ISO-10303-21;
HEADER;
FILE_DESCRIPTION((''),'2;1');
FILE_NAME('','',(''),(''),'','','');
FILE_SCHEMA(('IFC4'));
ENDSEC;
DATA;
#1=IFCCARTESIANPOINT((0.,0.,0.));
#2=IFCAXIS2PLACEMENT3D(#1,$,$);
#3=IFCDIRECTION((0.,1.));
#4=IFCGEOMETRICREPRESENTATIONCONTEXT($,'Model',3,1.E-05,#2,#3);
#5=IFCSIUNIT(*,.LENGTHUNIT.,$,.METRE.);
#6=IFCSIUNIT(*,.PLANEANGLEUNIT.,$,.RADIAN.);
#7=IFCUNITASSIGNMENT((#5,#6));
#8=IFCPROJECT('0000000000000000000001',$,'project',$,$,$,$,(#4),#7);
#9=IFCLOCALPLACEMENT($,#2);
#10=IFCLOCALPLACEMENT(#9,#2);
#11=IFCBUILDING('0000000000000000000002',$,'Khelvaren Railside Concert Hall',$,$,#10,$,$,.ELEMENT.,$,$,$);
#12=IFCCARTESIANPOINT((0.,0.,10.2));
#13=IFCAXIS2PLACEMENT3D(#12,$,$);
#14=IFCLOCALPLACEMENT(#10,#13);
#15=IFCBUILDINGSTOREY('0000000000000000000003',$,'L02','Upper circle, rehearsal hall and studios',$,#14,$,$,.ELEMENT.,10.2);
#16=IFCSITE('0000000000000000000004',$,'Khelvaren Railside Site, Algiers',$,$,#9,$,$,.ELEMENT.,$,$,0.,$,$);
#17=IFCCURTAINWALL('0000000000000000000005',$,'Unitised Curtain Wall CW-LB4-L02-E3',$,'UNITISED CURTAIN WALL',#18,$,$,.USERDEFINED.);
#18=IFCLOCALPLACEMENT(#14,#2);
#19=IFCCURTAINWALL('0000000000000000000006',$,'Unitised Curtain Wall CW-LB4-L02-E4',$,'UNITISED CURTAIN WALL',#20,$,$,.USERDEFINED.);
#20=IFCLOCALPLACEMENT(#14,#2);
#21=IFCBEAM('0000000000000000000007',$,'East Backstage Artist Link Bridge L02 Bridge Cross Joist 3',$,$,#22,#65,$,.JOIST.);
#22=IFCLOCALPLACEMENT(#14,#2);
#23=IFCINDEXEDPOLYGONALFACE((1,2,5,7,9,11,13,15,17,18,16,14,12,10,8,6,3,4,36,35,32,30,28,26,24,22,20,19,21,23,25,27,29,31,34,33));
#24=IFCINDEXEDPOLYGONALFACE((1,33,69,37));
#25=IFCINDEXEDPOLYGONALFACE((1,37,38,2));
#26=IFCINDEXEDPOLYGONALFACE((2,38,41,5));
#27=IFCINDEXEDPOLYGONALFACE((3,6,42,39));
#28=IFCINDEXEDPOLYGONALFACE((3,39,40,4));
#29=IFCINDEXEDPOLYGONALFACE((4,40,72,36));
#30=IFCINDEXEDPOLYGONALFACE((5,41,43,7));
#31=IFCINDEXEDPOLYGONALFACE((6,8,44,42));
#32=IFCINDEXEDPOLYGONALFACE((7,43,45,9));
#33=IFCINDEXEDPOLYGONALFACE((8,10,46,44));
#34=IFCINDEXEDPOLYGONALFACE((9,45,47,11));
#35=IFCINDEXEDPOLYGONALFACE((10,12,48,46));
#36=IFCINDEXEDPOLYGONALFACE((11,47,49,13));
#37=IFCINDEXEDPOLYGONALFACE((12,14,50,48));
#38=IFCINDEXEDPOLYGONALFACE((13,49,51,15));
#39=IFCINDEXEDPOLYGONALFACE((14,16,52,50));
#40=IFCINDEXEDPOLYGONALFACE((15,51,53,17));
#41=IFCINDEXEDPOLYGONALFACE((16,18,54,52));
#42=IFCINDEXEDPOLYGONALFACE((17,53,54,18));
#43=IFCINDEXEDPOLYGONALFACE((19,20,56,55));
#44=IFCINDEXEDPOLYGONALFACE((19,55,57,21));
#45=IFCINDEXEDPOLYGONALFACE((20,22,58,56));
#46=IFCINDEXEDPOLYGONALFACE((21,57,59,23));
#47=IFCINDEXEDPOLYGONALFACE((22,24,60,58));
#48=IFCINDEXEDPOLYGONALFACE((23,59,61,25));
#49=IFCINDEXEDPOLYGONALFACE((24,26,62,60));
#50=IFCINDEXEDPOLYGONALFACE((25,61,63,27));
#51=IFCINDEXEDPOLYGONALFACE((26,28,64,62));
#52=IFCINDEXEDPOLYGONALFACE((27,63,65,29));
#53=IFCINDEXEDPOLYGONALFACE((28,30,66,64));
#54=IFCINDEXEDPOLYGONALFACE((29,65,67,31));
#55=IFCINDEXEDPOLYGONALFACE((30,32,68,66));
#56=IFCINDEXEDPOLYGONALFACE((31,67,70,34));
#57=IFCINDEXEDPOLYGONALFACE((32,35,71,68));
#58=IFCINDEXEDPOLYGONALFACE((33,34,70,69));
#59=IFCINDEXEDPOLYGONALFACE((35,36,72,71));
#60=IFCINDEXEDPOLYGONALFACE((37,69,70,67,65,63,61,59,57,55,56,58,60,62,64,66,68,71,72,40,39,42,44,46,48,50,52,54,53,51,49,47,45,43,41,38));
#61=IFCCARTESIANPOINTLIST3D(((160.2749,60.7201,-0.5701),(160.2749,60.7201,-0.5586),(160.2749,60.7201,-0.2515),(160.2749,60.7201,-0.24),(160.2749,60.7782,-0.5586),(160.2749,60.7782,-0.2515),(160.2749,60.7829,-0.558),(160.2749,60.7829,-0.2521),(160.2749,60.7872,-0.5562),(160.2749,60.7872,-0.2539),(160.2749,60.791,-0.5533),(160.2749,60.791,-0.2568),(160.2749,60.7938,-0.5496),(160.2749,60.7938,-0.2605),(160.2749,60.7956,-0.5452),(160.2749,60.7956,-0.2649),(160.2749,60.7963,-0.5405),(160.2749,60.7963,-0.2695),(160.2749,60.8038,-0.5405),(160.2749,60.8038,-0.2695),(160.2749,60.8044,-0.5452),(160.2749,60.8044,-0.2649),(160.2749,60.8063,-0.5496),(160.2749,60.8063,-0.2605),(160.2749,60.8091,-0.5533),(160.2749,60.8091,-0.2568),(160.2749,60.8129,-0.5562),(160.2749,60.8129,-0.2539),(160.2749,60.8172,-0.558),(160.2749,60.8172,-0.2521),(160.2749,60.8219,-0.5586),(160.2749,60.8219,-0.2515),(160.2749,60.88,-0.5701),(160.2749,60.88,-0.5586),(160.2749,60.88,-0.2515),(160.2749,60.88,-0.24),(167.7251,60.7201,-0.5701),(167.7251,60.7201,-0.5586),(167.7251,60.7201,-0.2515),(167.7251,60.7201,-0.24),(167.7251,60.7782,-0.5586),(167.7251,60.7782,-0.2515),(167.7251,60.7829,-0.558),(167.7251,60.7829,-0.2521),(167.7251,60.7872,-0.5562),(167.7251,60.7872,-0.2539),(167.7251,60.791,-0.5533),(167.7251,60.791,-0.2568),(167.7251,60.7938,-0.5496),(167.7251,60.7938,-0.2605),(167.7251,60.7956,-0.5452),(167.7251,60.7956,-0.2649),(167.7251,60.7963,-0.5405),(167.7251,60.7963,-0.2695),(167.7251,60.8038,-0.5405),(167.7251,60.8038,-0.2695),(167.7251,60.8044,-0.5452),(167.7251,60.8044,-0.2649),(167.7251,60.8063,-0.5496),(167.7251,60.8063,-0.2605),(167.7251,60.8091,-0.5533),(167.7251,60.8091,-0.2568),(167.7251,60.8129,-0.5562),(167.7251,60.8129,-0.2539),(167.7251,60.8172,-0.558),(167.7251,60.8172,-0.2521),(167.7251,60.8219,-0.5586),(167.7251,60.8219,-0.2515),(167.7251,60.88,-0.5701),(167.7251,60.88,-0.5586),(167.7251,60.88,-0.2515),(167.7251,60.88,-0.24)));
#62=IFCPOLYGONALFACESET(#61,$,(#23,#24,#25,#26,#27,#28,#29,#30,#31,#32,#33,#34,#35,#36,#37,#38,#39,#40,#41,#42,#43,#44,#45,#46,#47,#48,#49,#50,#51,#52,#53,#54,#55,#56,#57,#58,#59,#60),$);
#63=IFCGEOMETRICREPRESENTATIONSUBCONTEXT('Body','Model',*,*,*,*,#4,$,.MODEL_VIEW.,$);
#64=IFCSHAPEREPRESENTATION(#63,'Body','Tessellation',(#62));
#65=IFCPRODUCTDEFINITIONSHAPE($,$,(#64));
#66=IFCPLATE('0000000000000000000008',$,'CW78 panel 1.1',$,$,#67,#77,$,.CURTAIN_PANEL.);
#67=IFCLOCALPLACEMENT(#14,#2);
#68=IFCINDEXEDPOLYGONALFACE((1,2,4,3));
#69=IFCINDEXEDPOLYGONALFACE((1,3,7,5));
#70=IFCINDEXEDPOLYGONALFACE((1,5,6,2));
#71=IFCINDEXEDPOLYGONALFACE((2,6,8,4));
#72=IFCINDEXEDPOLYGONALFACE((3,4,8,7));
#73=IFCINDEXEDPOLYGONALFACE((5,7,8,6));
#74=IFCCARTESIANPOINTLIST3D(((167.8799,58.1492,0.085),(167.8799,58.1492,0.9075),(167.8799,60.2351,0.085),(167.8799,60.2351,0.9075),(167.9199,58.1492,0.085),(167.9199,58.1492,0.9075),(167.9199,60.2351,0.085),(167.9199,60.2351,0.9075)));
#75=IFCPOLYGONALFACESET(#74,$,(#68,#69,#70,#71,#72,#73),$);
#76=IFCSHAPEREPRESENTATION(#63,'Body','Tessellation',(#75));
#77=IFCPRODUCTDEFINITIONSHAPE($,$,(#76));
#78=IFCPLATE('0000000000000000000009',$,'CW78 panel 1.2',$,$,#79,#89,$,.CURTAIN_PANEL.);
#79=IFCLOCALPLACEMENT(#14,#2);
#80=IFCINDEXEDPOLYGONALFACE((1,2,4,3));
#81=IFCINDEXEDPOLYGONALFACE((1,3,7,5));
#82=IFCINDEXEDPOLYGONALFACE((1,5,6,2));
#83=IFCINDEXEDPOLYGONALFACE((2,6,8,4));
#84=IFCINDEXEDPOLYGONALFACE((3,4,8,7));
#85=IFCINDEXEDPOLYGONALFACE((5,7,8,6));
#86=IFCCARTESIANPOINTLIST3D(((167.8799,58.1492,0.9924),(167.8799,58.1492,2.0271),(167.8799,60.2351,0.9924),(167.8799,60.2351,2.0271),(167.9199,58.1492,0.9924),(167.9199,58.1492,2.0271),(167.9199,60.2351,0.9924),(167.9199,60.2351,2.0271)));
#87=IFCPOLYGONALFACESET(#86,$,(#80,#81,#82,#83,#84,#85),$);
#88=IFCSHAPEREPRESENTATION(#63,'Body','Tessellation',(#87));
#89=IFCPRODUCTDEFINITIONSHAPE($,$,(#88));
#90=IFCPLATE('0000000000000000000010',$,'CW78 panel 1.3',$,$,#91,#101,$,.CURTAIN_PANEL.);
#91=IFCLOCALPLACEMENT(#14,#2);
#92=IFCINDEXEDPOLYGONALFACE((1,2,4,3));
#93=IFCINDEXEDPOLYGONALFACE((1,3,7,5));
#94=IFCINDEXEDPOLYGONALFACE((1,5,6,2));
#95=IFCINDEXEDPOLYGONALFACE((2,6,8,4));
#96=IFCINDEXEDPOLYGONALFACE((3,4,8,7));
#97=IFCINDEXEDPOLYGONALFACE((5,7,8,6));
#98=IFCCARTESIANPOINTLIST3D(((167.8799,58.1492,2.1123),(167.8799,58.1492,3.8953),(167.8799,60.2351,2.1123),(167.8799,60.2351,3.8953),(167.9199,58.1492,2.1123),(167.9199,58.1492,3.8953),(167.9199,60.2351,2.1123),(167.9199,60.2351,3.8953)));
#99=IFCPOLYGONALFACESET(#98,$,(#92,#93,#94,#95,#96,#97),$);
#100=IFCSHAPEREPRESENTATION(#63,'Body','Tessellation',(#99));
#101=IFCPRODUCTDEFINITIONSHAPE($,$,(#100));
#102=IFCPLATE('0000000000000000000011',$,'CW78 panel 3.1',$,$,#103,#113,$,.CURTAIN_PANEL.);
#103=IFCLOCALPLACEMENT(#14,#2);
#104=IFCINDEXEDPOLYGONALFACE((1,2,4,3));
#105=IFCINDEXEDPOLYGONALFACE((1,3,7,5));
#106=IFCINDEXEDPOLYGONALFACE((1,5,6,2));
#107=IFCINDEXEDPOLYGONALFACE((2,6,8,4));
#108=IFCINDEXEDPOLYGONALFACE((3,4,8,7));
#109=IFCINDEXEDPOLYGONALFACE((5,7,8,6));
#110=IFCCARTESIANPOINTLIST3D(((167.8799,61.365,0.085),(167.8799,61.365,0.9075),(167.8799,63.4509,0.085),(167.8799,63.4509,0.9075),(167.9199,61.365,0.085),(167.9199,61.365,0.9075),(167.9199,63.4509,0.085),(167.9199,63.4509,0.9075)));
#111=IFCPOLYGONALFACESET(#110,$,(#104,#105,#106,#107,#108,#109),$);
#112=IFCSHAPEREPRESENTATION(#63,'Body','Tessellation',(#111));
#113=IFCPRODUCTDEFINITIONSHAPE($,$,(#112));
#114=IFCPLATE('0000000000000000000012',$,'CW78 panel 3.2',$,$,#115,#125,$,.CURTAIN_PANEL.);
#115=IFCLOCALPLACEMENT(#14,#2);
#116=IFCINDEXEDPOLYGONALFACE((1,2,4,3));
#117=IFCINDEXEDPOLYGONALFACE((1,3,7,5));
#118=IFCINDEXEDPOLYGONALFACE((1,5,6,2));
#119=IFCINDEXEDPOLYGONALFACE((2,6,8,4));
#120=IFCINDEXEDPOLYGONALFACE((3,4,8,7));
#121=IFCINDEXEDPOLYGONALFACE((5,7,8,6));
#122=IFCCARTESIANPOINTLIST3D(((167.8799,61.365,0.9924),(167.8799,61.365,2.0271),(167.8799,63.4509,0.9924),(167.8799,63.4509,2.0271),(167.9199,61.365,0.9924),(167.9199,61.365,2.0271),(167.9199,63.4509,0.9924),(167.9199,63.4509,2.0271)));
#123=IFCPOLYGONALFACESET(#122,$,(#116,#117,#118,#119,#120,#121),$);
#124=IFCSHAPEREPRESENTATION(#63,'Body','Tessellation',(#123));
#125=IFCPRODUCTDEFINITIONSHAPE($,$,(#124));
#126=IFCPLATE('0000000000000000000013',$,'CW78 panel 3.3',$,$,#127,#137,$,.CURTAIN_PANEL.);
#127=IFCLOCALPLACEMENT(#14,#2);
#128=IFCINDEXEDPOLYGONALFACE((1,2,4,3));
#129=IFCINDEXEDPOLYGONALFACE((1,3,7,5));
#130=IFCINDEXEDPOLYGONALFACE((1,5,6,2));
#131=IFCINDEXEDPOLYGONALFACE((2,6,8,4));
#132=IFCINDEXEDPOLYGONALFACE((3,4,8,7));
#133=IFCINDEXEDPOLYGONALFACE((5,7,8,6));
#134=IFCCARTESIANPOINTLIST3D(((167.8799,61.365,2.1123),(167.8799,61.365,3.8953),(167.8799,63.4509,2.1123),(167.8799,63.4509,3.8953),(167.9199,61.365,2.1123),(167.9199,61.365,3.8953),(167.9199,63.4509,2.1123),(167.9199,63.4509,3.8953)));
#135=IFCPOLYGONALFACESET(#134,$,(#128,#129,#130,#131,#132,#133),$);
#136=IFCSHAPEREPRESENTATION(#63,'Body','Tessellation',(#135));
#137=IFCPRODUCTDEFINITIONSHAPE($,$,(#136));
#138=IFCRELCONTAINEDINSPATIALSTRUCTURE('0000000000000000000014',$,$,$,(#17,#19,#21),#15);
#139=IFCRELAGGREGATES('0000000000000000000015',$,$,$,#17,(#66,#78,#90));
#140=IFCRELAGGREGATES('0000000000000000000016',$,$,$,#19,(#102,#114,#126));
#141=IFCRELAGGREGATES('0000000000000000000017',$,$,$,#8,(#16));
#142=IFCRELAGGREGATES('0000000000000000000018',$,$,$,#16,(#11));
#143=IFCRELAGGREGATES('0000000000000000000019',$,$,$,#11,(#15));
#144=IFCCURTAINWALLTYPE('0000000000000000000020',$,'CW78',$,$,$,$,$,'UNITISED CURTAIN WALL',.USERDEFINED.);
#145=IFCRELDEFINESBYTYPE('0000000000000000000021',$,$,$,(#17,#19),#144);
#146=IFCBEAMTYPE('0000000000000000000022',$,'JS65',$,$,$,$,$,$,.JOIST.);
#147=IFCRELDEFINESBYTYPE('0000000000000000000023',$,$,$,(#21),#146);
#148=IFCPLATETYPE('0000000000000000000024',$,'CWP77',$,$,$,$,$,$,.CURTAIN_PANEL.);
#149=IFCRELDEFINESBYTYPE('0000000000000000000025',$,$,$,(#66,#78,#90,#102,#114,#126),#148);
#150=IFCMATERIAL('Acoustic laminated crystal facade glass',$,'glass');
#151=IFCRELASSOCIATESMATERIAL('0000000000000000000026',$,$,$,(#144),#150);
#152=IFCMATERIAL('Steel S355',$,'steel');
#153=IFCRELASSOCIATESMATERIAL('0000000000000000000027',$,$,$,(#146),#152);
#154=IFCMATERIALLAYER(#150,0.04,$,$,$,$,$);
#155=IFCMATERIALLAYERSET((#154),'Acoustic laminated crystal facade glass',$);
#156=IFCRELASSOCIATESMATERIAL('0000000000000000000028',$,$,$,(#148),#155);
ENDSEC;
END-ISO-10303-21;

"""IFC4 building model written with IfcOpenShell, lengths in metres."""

from ifc_helpers import new_model, si_unit, direction, frame, origin, origin_2d, place, context, subcontext, project, spatial, rectangle, i_section, extrude, material, layer, layer_set, material_profile, profile_set, type_object, element, aggregate, save


model = new_model("IFC4")

# Units and contexts
model_context = context("Model", 3, precision=1e-05, world=origin(), true_north=direction((0.0, 1.0)))
body_context = subcontext(model_context, "Body", "Model", "MODEL_VIEW")
ifc_project = project(units=[si_unit("LENGTHUNIT", "METRE"), si_unit("PLANEANGLEUNIT", "RADIAN")], contexts=[model_context])

# Site, building, storey
site_placement = place(None, origin())
site = spatial("IfcSite", under=ifc_project, at=site_placement, Name="Khelvaren Railside Site, Algiers", CompositionType="ELEMENT", RefElevation=0.0)
building_placement = place(site_placement, origin())
building = spatial("IfcBuilding", under=site, at=building_placement, Name="Khelvaren Railside Concert Hall", CompositionType="ELEMENT")
storey_placement = place(building_placement, frame((0.0, 0.0, 10.2)))
storey = spatial("IfcBuildingStorey", under=building, at=storey_placement, Name="L02", Description="Upper circle, rehearsal hall and studios", CompositionType="ELEMENT", Elevation=10.2)

# Shared definitions
ifc_material_1 = material(Name="Steel S355", Category="steel")

# Curtain walls
ifc_material_2 = material(Name="Acoustic laminated crystal facade glass", Category="glass")
curtain_wall_type = type_object("IfcCurtainWallType", Name="CW78", ElementType="UNITISED CURTAIN WALL", PredefinedType="USERDEFINED", material=ifc_material_2)
curtain_wall_1_placement = place(storey_placement, origin())
curtain_wall_1 = element("IfcCurtainWall", 1, at=curtain_wall_1_placement, inside=storey, type_object=curtain_wall_type, Name="Unitised Curtain Wall CW-LB4-L02-E3", ObjectType="UNITISED CURTAIN WALL", PredefinedType="USERDEFINED")
curtain_wall_2_placement = place(storey_placement, origin())
curtain_wall_2 = element("IfcCurtainWall", 2, at=curtain_wall_2_placement, inside=storey, type_object=curtain_wall_type, Name="Unitised Curtain Wall CW-LB4-L02-E4", ObjectType="UNITISED CURTAIN WALL", PredefinedType="USERDEFINED")

# Beam
ifc_material_profile_1 = material_profile(ifc_material_1, i_section(OverallWidth=0.1599, OverallDepth=0.3301, WebThickness=0.0076, FlangeThickness=0.0115, FilletRadius=0.0181, at=origin_2d()), Name="IPE 330")
ifc_profile_set_1 = profile_set([ifc_material_profile_1], Name="Steel S355")
beam_type_1 = type_object("IfcBeamType", Name="JS65", PredefinedType="JOIST", material=ifc_profile_set_1)
beam_1_placement = place(storey_placement, frame((160.2749, 60.8, -0.405), z_axis=(1.0, 0.0, 0.0), x_axis=(0.0, 1.0, 0.0)))
element("IfcBeam", 3, at=beam_1_placement, inside=storey, type_object=beam_type_1, Name="East Backstage Artist Link Bridge L02 Bridge Cross Joist 3", PredefinedType="JOIST", context=body_context, shape_type="SweptSolid", body=[
    extrude(i_section(OverallWidth=0.1599, OverallDepth=0.3301, WebThickness=0.0076, FlangeThickness=0.0115, FilletRadius=0.0181, at=origin_2d()), origin(), (0.0, 0.0, 1.0), 7.4502),
])

# Plates
ifc_layer = layer(ifc_material_2, 0.04)
ifc_layer_set = layer_set([ifc_layer], Name="Acoustic laminated crystal facade glass")
plate_type = type_object("IfcPlateType", Name="CWP77", PredefinedType="CURTAIN_PANEL", material=ifc_layer_set)
plate_1_placement = place(storey_placement, frame((167.8999, 59.1921, 0.085), z_axis=(0.0, 0.0, 1.0), x_axis=(0.0, -1.0, 0.0)))
plate_1 = element("IfcPlate", 4, at=plate_1_placement, type_object=plate_type, Name="CW78 panel 1.1", PredefinedType="CURTAIN_PANEL", context=body_context, shape_type="SweptSolid", body=[
    extrude(rectangle(XDim=2.0859, YDim=0.04, at=origin_2d()), origin(), (0.0, 0.0, 1.0), 0.8225),
])
plate_2_placement = place(storey_placement, frame((167.8999, 59.1921, 0.9924), z_axis=(0.0, 0.0, 1.0), x_axis=(0.0, -1.0, 0.0)))
plate_2 = element("IfcPlate", 5, at=plate_2_placement, type_object=plate_type, Name="CW78 panel 1.2", PredefinedType="CURTAIN_PANEL", context=body_context, shape_type="SweptSolid", body=[
    extrude(rectangle(XDim=2.0859, YDim=0.04, at=origin_2d()), origin(), (0.0, 0.0, 1.0), 1.0347),
])
plate_3_placement = place(storey_placement, frame((167.8999, 59.1921, 2.1123), z_axis=(0.0, 0.0, 1.0), x_axis=(0.0, -1.0, 0.0)))
plate_3 = element("IfcPlate", 6, at=plate_3_placement, type_object=plate_type, Name="CW78 panel 1.3", PredefinedType="CURTAIN_PANEL", context=body_context, shape_type="SweptSolid", body=[
    extrude(rectangle(XDim=2.0859, YDim=0.04, at=origin_2d()), origin(), (0.0, 0.0, 1.0), 1.783),
])
aggregate(curtain_wall_1, [plate_1, plate_2, plate_3])
plate_4_placement = place(storey_placement, frame((167.8999, 62.408, 0.085), z_axis=(0.0, 0.0, 1.0), x_axis=(0.0, -1.0, 0.0)))
plate_4 = element("IfcPlate", 7, at=plate_4_placement, type_object=plate_type, Name="CW78 panel 3.1", PredefinedType="CURTAIN_PANEL", context=body_context, shape_type="SweptSolid", body=[
    extrude(rectangle(XDim=2.0859, YDim=0.04, at=origin_2d()), origin(), (0.0, 0.0, 1.0), 0.8225),
])
plate_5_placement = place(storey_placement, frame((167.8999, 62.408, 0.9924), z_axis=(0.0, 0.0, 1.0), x_axis=(0.0, -1.0, 0.0)))
plate_5 = element("IfcPlate", 8, at=plate_5_placement, type_object=plate_type, Name="CW78 panel 3.2", PredefinedType="CURTAIN_PANEL", context=body_context, shape_type="SweptSolid", body=[
    extrude(rectangle(XDim=2.0859, YDim=0.04, at=origin_2d()), origin(), (0.0, 0.0, 1.0), 1.0347),
])
plate_6_placement = place(storey_placement, frame((167.8999, 62.408, 2.1123), z_axis=(0.0, 0.0, 1.0), x_axis=(0.0, -1.0, 0.0)))
plate_6 = element("IfcPlate", 9, at=plate_6_placement, type_object=plate_type, Name="CW78 panel 3.3", PredefinedType="CURTAIN_PANEL", context=body_context, shape_type="SweptSolid", body=[
    extrude(rectangle(XDim=2.0859, YDim=0.04, at=origin_2d()), origin(), (0.0, 0.0, 1.0), 1.783),
])
aggregate(curtain_wall_2, [plate_4, plate_5, plate_6])

save(model, "model.ifc")
